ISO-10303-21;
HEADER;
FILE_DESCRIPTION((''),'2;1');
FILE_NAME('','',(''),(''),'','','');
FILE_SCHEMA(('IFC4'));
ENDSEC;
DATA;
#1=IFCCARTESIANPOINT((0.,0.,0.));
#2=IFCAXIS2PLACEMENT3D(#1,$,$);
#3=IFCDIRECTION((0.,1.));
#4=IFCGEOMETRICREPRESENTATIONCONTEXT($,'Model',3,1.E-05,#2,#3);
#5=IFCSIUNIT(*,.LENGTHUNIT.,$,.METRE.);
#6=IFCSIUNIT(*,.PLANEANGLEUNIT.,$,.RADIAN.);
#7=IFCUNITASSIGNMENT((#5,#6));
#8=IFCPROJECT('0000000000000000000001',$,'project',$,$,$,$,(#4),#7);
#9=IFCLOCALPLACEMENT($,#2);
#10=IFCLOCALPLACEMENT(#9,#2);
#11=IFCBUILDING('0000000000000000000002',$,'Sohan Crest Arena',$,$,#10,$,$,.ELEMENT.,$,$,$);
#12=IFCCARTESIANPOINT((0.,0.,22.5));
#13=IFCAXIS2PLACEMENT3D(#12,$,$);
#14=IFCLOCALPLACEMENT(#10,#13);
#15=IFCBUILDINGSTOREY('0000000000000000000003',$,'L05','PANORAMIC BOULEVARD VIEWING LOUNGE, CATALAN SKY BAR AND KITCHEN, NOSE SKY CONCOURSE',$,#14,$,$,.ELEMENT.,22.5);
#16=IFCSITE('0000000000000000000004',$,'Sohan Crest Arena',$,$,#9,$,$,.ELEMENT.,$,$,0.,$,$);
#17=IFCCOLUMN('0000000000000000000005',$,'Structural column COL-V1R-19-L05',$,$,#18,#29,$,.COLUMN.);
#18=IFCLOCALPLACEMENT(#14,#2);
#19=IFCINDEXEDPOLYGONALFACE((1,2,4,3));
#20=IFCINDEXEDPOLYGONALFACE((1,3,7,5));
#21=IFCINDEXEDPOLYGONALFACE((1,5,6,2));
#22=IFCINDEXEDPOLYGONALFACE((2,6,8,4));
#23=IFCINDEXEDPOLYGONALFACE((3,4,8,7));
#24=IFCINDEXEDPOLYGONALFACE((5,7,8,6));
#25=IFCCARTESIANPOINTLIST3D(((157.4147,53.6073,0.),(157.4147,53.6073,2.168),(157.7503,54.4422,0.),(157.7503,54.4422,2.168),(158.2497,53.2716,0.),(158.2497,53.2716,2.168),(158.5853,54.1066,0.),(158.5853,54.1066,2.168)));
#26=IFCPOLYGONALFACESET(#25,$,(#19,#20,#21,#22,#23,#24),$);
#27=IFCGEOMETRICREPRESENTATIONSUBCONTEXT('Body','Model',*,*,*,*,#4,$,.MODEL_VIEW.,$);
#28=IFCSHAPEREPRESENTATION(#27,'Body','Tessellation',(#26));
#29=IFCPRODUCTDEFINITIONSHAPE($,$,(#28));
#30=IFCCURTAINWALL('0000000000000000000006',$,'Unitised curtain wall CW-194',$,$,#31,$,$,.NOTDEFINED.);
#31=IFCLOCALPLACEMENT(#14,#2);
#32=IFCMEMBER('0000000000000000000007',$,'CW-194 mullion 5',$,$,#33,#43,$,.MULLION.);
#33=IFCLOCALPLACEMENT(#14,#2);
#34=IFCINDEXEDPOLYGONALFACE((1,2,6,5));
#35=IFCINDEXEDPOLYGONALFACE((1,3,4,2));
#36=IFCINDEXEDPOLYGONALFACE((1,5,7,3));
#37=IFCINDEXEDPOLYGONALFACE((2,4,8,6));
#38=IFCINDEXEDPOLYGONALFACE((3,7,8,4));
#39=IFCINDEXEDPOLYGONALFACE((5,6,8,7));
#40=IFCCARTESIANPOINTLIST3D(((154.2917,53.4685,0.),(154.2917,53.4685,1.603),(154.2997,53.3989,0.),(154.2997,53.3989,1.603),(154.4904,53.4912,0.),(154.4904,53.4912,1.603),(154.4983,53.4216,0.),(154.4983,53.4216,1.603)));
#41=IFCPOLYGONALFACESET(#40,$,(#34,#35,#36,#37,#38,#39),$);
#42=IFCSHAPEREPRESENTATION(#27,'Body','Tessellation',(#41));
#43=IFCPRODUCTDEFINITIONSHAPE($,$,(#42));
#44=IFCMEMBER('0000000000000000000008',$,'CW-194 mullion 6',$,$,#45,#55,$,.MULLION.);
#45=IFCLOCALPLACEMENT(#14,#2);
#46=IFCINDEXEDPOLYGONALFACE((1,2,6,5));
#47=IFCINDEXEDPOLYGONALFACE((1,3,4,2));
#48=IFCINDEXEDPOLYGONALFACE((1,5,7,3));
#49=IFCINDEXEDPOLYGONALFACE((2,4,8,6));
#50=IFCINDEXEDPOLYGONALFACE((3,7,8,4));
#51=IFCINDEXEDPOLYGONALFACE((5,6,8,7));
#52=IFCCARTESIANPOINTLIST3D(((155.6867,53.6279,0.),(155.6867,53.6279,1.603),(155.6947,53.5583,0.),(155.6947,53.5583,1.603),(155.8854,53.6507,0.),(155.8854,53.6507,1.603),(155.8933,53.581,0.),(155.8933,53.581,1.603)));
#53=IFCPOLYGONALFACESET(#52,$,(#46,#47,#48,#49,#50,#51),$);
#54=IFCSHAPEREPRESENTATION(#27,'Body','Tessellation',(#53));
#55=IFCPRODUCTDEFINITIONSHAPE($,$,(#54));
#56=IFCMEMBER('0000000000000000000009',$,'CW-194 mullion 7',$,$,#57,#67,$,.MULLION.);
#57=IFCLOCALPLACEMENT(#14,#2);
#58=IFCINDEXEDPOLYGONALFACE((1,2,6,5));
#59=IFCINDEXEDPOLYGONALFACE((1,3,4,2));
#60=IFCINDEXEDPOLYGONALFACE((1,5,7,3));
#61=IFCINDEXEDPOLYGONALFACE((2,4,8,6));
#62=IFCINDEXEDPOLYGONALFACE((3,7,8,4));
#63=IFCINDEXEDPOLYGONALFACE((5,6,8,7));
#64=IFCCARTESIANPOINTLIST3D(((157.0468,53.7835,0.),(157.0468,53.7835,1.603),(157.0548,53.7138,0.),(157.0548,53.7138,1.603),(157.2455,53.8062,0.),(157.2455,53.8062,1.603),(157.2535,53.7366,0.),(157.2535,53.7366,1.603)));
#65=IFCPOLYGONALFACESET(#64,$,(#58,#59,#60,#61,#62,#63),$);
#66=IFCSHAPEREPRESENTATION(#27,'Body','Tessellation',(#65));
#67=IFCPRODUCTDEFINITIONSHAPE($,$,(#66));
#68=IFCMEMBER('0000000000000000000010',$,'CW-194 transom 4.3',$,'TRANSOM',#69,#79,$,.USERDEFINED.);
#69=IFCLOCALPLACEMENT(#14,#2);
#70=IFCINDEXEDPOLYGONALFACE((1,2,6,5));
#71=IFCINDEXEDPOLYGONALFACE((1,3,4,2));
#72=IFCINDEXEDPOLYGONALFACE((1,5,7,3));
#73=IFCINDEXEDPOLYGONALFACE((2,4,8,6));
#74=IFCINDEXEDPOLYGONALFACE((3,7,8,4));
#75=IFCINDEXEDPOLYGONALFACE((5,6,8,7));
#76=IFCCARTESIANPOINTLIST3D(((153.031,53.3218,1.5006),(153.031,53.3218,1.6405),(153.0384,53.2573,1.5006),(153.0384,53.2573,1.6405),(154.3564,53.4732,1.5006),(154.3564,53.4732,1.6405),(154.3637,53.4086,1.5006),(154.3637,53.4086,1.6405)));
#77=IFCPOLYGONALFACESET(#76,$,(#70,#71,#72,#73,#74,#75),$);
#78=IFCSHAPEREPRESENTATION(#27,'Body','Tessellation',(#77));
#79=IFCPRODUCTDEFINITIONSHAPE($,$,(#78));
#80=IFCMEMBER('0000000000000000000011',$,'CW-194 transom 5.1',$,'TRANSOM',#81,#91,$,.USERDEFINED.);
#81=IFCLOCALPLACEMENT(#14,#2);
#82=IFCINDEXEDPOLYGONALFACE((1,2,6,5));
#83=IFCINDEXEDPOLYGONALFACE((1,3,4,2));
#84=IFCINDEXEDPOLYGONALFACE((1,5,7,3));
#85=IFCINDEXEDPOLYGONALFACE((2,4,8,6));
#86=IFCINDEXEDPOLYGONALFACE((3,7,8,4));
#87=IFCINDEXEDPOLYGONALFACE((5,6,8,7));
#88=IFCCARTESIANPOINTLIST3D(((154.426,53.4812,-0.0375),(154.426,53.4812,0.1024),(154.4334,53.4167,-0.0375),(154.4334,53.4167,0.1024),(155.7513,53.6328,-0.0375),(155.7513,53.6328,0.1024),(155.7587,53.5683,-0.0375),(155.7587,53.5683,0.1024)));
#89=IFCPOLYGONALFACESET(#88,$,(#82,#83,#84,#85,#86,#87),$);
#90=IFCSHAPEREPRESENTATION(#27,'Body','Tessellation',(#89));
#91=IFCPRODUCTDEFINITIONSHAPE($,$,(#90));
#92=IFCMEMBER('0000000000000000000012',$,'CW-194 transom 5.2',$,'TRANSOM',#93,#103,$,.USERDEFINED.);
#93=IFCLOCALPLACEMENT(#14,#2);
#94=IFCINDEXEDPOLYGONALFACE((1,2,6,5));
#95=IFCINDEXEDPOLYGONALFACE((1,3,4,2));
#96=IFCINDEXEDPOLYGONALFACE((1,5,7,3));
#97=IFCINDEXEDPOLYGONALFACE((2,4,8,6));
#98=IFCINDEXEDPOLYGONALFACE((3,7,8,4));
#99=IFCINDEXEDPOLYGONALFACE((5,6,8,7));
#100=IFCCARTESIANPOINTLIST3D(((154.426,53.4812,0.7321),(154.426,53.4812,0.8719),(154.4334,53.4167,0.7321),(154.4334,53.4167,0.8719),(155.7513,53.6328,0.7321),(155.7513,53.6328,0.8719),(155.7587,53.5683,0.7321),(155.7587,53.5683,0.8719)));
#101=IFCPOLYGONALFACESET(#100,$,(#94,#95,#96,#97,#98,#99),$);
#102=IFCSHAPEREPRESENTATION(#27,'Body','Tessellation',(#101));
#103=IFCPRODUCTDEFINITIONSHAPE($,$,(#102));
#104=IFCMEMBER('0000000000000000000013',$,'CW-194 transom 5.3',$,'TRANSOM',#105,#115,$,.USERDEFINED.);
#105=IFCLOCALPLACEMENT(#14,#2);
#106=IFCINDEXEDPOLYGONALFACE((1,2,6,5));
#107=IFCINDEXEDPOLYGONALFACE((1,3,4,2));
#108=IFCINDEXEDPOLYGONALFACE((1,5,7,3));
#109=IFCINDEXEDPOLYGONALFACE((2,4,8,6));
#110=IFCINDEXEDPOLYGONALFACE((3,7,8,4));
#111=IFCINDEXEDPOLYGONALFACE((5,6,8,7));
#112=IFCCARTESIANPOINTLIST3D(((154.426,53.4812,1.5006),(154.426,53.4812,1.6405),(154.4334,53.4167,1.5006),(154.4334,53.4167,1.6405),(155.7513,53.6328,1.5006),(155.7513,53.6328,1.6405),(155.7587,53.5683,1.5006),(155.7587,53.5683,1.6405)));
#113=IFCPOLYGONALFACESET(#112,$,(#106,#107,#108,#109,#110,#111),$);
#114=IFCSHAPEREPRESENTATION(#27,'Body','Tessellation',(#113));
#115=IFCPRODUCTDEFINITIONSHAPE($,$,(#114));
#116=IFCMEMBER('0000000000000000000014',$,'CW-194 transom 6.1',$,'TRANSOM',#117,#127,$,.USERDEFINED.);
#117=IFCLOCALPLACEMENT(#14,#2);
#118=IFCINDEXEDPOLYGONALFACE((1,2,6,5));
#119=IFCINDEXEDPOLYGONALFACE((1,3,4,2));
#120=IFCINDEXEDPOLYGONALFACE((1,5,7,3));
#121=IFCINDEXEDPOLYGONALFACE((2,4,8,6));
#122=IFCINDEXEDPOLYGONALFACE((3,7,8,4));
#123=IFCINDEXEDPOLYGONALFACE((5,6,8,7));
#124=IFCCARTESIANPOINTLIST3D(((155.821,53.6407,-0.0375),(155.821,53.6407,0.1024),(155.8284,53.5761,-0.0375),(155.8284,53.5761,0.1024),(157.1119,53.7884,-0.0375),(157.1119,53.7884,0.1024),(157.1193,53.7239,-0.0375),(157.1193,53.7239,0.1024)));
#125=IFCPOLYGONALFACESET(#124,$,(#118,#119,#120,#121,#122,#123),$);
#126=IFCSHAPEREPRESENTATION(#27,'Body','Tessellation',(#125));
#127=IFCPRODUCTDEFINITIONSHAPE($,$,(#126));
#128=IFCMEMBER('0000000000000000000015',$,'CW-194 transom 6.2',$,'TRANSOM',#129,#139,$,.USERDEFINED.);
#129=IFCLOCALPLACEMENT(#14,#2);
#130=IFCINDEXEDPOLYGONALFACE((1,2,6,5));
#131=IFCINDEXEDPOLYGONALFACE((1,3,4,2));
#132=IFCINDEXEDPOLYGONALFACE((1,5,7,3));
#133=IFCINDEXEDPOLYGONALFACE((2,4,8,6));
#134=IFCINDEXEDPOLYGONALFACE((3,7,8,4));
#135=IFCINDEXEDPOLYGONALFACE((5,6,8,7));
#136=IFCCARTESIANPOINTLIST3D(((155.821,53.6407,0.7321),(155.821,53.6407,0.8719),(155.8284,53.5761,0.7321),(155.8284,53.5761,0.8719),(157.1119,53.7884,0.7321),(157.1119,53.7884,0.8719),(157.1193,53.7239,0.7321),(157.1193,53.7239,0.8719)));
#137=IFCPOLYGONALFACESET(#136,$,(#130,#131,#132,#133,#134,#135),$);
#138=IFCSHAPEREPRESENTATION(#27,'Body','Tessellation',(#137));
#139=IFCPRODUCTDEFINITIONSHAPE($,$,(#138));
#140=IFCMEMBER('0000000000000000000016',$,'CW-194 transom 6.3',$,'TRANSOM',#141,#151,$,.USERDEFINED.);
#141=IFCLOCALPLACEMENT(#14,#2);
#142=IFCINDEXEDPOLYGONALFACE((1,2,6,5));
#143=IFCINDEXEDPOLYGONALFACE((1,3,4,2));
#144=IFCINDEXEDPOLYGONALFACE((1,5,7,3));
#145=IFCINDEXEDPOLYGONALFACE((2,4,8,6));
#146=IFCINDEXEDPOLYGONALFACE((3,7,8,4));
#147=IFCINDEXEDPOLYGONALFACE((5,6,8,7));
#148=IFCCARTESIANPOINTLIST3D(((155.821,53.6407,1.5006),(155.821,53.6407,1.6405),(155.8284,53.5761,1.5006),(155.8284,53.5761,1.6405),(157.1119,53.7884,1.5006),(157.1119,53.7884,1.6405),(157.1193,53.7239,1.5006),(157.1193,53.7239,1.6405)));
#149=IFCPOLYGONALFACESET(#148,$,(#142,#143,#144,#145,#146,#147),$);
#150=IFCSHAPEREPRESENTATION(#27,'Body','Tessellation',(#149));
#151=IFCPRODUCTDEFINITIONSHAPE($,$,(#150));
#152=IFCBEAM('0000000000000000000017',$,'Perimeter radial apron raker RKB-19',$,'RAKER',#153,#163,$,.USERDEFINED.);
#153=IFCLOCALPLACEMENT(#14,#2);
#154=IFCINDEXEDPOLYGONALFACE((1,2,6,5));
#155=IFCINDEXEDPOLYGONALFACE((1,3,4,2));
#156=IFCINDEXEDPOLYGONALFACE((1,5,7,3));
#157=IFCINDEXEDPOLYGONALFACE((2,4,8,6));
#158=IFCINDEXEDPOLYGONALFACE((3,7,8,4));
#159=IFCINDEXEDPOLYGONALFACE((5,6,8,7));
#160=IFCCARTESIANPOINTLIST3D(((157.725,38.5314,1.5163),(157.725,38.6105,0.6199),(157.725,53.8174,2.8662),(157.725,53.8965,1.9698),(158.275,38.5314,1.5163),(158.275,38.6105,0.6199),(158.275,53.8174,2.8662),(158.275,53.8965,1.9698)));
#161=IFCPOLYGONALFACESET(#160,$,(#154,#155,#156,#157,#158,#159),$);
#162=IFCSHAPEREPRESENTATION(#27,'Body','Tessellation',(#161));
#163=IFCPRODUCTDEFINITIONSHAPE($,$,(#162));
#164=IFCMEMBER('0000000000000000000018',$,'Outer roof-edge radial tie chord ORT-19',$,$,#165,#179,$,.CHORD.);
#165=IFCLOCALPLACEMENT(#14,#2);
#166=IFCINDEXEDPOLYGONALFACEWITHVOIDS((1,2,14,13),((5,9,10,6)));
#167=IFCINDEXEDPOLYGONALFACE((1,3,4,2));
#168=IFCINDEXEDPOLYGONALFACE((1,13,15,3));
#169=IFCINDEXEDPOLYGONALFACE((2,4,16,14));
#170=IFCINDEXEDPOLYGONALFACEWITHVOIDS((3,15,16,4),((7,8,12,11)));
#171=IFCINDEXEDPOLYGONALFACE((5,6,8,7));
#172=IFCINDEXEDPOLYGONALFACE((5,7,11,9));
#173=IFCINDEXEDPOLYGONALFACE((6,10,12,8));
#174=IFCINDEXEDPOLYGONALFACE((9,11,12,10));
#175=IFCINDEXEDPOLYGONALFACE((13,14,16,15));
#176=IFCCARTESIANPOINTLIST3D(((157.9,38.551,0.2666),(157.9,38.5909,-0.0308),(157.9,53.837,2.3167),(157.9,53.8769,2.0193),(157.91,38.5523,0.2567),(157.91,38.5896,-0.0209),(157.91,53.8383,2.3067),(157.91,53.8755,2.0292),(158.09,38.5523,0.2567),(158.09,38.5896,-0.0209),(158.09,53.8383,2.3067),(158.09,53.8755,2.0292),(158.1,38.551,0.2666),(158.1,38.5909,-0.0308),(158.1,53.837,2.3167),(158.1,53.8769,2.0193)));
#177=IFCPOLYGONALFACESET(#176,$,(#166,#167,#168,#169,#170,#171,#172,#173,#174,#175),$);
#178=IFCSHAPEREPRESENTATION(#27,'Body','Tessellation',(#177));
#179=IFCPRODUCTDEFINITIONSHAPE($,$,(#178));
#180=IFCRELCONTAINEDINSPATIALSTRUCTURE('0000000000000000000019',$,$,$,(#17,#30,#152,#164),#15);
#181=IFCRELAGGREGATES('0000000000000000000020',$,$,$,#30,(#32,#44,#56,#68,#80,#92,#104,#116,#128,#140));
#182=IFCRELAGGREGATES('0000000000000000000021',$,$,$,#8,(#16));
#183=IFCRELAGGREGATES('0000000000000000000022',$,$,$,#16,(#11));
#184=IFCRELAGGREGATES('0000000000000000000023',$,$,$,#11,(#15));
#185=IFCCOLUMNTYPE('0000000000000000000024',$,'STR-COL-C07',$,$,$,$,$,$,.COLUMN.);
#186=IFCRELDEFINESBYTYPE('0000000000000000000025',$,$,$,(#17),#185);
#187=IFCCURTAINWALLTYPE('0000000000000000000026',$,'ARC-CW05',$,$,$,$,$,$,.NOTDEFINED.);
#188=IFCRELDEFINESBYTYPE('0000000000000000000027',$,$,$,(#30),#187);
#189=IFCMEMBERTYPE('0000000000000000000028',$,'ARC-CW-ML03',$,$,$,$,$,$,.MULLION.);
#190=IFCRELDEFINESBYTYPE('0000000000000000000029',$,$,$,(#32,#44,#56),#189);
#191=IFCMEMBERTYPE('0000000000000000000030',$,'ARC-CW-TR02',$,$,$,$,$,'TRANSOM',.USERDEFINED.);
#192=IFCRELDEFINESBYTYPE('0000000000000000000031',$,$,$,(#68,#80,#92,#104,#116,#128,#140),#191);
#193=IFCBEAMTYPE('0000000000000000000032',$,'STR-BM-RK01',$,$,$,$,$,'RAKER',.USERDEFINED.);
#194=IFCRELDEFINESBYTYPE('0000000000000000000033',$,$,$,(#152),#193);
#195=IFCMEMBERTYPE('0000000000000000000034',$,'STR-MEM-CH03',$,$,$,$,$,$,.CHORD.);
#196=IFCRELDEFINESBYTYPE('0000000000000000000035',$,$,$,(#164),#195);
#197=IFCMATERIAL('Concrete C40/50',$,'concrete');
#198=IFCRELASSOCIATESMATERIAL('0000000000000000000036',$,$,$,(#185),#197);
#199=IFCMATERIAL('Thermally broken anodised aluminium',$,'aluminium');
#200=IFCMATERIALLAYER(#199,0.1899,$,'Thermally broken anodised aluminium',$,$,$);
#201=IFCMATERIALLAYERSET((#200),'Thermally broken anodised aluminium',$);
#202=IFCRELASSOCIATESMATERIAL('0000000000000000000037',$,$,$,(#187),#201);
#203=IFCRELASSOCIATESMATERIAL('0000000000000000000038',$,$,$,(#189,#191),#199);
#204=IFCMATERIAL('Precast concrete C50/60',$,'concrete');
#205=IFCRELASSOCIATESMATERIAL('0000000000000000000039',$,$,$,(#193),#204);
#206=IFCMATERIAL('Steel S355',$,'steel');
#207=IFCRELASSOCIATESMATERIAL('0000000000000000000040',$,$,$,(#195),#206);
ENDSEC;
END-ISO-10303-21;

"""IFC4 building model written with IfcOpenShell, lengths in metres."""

from ifc_helpers import new_model, si_unit, direction, frame, origin, origin_2d, place, context, subcontext, project, spatial, rectangle, hollow_rectangle, extrude, material, layer, layer_set, material_profile, profile_set, type_object, element, aggregate, save


model = new_model("IFC4")

# Units and contexts
model_context = context("Model", 3, precision=1e-05, world=origin(), true_north=direction((0.0, 1.0)))
body_context = subcontext(model_context, "Body", "Model", "MODEL_VIEW")
ifc_project = project(units=[si_unit("LENGTHUNIT", "METRE"), si_unit("PLANEANGLEUNIT", "RADIAN")], contexts=[model_context])

# Site, building, storey
site_placement = place(None, origin())
site = spatial("IfcSite", under=ifc_project, at=site_placement, Name="Sohan Crest Arena", CompositionType="ELEMENT", RefElevation=0.0)
building_placement = place(site_placement, origin())
building = spatial("IfcBuilding", under=site, at=building_placement, Name="Sohan Crest Arena", CompositionType="ELEMENT")
storey_placement = place(building_placement, frame((0.0, 0.0, 22.5)))
storey = spatial("IfcBuildingStorey", under=building, at=storey_placement, Name="L05", Description="PANORAMIC BOULEVARD VIEWING LOUNGE, CATALAN SKY BAR AND KITCHEN, NOSE SKY CONCOURSE", CompositionType="ELEMENT", Elevation=22.5)

# Column
ifc_material_1 = material(Name="Concrete C40/50", Category="concrete")
ifc_material_profile_1 = material_profile(ifc_material_1, rectangle(XDim=0.8999, YDim=0.8999, at=origin_2d()), Name="RC 900x900")
ifc_profile_set_1 = profile_set([ifc_material_profile_1], Name="Concrete C40/50")
column_type = type_object("IfcColumnType", Name="STR-COL-C07", PredefinedType="COLUMN", material=ifc_profile_set_1)
column_placement = place(storey_placement, frame((158.0, 53.8569, 0.0), z_axis=(0.0, 0.0, 1.0), x_axis=(-0.927836, 0.372988, 0.0)))
element("IfcColumn", 1, at=column_placement, inside=storey, type_object=column_type, Name="Structural column COL-V1R-19-L05", PredefinedType="COLUMN", context=body_context, shape_type="SweptSolid", body=[
    extrude(rectangle(XDim=0.8999, YDim=0.8999, at=origin_2d()), origin(), (0.0, 0.0, 1.0), 2.168),
])

# Curtain wall, members
ifc_material_2 = material(Name="Thermally broken anodised aluminium", Category="aluminium")
ifc_layer_1 = layer(ifc_material_2, 0.1899, Name="Thermally broken anodised aluminium")
ifc_layer_set_1 = layer_set([ifc_layer_1], Name="Thermally broken anodised aluminium")
curtain_wall_type = type_object("IfcCurtainWallType", Name="ARC-CW05", PredefinedType="NOTDEFINED", material=ifc_layer_set_1)
curtain_wall_placement = place(storey_placement, origin())
curtain_wall = element("IfcCurtainWall", 2, at=curtain_wall_placement, inside=storey, type_object=curtain_wall_type, Name="Unitised curtain wall CW-194", PredefinedType="NOTDEFINED")
ifc_material_profile_2 = material_profile(ifc_material_2, rectangle(XDim=0.0701, YDim=0.2, at=origin_2d()), Name="ALU-MULL 70x200")
ifc_profile_set_2 = profile_set([ifc_material_profile_2], Name="Thermally broken anodised aluminium")
member_type_1 = type_object("IfcMemberType", Name="ARC-CW-ML03", PredefinedType="MULLION", material=ifc_profile_set_2)
member_1_placement = place(storey_placement, frame((154.395, 53.4451, 0.0), z_axis=(0.0, 0.0, 1.0), x_axis=(-0.113597, 0.993527, 0.0)))
member_1 = element("IfcMember", 3, at=member_1_placement, type_object=member_type_1, Name="CW-194 mullion 5", PredefinedType="MULLION", context=body_context, shape_type="SweptSolid", body=[
    extrude(rectangle(XDim=0.0701, YDim=0.2, at=origin_2d()), origin(), (0.0, 0.0, 1.0), 1.603),
])
member_2_placement = place(storey_placement, frame((155.79, 53.6045, 0.0), z_axis=(0.0, 0.0, 1.0), x_axis=(-0.113597, 0.993527, 0.0)))
member_2 = element("IfcMember", 4, at=member_2_placement, type_object=member_type_1, Name="CW-194 mullion 6", PredefinedType="MULLION", context=body_context, shape_type="SweptSolid", body=[
    extrude(rectangle(XDim=0.0701, YDim=0.2, at=origin_2d()), origin(), (0.0, 0.0, 1.0), 1.603),
])
member_3_placement = place(storey_placement, frame((157.1501, 53.76, 0.0), z_axis=(0.0, 0.0, 1.0), x_axis=(-0.113597, 0.993527, 0.0)))
member_3 = element("IfcMember", 5, at=member_3_placement, type_object=member_type_1, Name="CW-194 mullion 7", PredefinedType="MULLION", context=body_context, shape_type="SweptSolid", body=[
    extrude(rectangle(XDim=0.0701, YDim=0.2, at=origin_2d()), origin(), (0.0, 0.0, 1.0), 1.603),
])
ifc_material_profile_3 = material_profile(ifc_material_2, rectangle(XDim=0.0649, YDim=0.1399, at=origin_2d()), Name="ALU-TRAN 65x140")
ifc_profile_set_3 = profile_set([ifc_material_profile_3], Name="Thermally broken anodised aluminium")
member_type_2 = type_object("IfcMemberType", Name="ARC-CW-TR02", ElementType="TRANSOM", PredefinedType="USERDEFINED", material=ifc_profile_set_3)
member_4_placement = place(storey_placement, frame((153.0347, 53.2896, 1.5706), z_axis=(0.993542, 0.113464, 0.0), x_axis=(-0.113464, 0.993542, 0.0)))
member_4 = element("IfcMember", 6, at=member_4_placement, type_object=member_type_2, Name="CW-194 transom 4.3", ObjectType="TRANSOM", PredefinedType="USERDEFINED", context=body_context, shape_type="SweptSolid", body=[
    extrude(rectangle(XDim=0.0649, YDim=0.1399, at=origin_2d()), origin(), (0.0, 0.0, 1.0), 1.334),
])
member_5_placement = place(storey_placement, frame((154.4297, 53.449, 0.0325), z_axis=(0.993521, 0.113645, 0.0), x_axis=(-0.113645, 0.993521, 0.0)))
member_5 = element("IfcMember", 7, at=member_5_placement, type_object=member_type_2, Name="CW-194 transom 5.1", ObjectType="TRANSOM", PredefinedType="USERDEFINED", context=body_context, shape_type="SweptSolid", body=[
    extrude(rectangle(XDim=0.0649, YDim=0.1399, at=origin_2d()), origin(), (0.0, 0.0, 1.0), 1.334),
])
member_6_placement = place(storey_placement, frame((154.4297, 53.449, 0.802), z_axis=(0.993521, 0.113645, 0.0), x_axis=(-0.113645, 0.993521, 0.0)))
member_6 = element("IfcMember", 8, at=member_6_placement, type_object=member_type_2, Name="CW-194 transom 5.2", ObjectType="TRANSOM", PredefinedType="USERDEFINED", context=body_context, shape_type="SweptSolid", body=[
    extrude(rectangle(XDim=0.0649, YDim=0.1399, at=origin_2d()), origin(), (0.0, 0.0, 1.0), 1.334),
])
member_7_placement = place(storey_placement, frame((154.4297, 53.449, 1.5706), z_axis=(0.993521, 0.113645, 0.0), x_axis=(-0.113645, 0.993521, 0.0)))
member_7 = element("IfcMember", 9, at=member_7_placement, type_object=member_type_2, Name="CW-194 transom 5.3", ObjectType="TRANSOM", PredefinedType="USERDEFINED", context=body_context, shape_type="SweptSolid", body=[
    extrude(rectangle(XDim=0.0649, YDim=0.1399, at=origin_2d()), origin(), (0.0, 0.0, 1.0), 1.334),
])
member_8_placement = place(storey_placement, frame((155.8247, 53.6084, 0.0325), z_axis=(0.993516, 0.11369, 0.0), x_axis=(-0.11369, 0.993516, 0.0)))
member_8 = element("IfcMember", 10, at=member_8_placement, type_object=member_type_2, Name="CW-194 transom 6.1", ObjectType="TRANSOM", PredefinedType="USERDEFINED", context=body_context, shape_type="SweptSolid", body=[
    extrude(rectangle(XDim=0.0649, YDim=0.1399, at=origin_2d()), origin(), (0.0, 0.0, 1.0), 1.2993),
])
member_9_placement = place(storey_placement, frame((155.8247, 53.6084, 0.802), z_axis=(0.993516, 0.11369, 0.0), x_axis=(-0.11369, 0.993516, 0.0)))
member_9 = element("IfcMember", 11, at=member_9_placement, type_object=member_type_2, Name="CW-194 transom 6.2", ObjectType="TRANSOM", PredefinedType="USERDEFINED", context=body_context, shape_type="SweptSolid", body=[
    extrude(rectangle(XDim=0.0649, YDim=0.1399, at=origin_2d()), origin(), (0.0, 0.0, 1.0), 1.2993),
])
member_10_placement = place(storey_placement, frame((155.8247, 53.6084, 1.5706), z_axis=(0.993516, 0.11369, 0.0), x_axis=(-0.11369, 0.993516, 0.0)))
member_10 = element("IfcMember", 12, at=member_10_placement, type_object=member_type_2, Name="CW-194 transom 6.3", ObjectType="TRANSOM", PredefinedType="USERDEFINED", context=body_context, shape_type="SweptSolid", body=[
    extrude(rectangle(XDim=0.0649, YDim=0.1399, at=origin_2d()), origin(), (0.0, 0.0, 1.0), 1.2993),
])

# Beam
ifc_material_3 = material(Name="Precast concrete C50/60", Category="concrete")
ifc_material_profile_4 = material_profile(ifc_material_3, rectangle(XDim=0.55, YDim=0.8999, at=origin_2d()), Name="RAKER 550x900")
ifc_profile_set_4 = profile_set([ifc_material_profile_4], Name="Precast concrete C50/60")
beam_type = type_object("IfcBeamType", Name="STR-BM-RK01", ElementType="RAKER", PredefinedType="USERDEFINED", material=ifc_profile_set_4)
beam_placement = place(storey_placement, frame((158.0, 53.8569, 2.418), z_axis=(0.0, -0.996124, -0.087965), x_axis=(1.0, 0.0, 0.0)))
element("IfcBeam", 13, at=beam_placement, inside=storey, type_object=beam_type, Name="Perimeter radial apron raker RKB-19", ObjectType="RAKER", PredefinedType="USERDEFINED", context=body_context, shape_type="SweptSolid", body=[
    extrude(rectangle(XDim=0.55, YDim=0.8999, at=origin_2d()), origin(), (0.0, 0.0, 1.0), 15.3455),
])

# Member
ifc_material_4 = material(Name="Steel S355", Category="steel")
ifc_material_profile_5 = material_profile(ifc_material_4, hollow_rectangle(XDim=0.2, YDim=0.3, WallThickness=0.01, at=origin_2d()), Name="RHS 300x200x10")
ifc_profile_set_5 = profile_set([ifc_material_profile_5], Name="Steel S355")
member_type_3 = type_object("IfcMemberType", Name="STR-MEM-CH03", PredefinedType="CHORD", material=ifc_profile_set_5)
member_11_placement = place(storey_placement, frame((158.0, 53.8569, 2.168), z_axis=(0.0, -0.991126, -0.132924), x_axis=(1.0, 0.0, 0.0)))
element("IfcMember", 14, at=member_11_placement, inside=storey, type_object=member_type_3, Name="Outer roof-edge radial tie chord ORT-19", PredefinedType="CHORD", context=body_context, shape_type="SweptSolid", body=[
    extrude(hollow_rectangle(XDim=0.2, YDim=0.3, WallThickness=0.01, at=origin_2d()), origin(), (0.0, 0.0, 1.0), 15.4229),
])

aggregate(curtain_wall, [member_1, member_2, member_3, member_4, member_5, member_6, member_7, member_8, member_9, member_10])

save(model, "model.ifc")
